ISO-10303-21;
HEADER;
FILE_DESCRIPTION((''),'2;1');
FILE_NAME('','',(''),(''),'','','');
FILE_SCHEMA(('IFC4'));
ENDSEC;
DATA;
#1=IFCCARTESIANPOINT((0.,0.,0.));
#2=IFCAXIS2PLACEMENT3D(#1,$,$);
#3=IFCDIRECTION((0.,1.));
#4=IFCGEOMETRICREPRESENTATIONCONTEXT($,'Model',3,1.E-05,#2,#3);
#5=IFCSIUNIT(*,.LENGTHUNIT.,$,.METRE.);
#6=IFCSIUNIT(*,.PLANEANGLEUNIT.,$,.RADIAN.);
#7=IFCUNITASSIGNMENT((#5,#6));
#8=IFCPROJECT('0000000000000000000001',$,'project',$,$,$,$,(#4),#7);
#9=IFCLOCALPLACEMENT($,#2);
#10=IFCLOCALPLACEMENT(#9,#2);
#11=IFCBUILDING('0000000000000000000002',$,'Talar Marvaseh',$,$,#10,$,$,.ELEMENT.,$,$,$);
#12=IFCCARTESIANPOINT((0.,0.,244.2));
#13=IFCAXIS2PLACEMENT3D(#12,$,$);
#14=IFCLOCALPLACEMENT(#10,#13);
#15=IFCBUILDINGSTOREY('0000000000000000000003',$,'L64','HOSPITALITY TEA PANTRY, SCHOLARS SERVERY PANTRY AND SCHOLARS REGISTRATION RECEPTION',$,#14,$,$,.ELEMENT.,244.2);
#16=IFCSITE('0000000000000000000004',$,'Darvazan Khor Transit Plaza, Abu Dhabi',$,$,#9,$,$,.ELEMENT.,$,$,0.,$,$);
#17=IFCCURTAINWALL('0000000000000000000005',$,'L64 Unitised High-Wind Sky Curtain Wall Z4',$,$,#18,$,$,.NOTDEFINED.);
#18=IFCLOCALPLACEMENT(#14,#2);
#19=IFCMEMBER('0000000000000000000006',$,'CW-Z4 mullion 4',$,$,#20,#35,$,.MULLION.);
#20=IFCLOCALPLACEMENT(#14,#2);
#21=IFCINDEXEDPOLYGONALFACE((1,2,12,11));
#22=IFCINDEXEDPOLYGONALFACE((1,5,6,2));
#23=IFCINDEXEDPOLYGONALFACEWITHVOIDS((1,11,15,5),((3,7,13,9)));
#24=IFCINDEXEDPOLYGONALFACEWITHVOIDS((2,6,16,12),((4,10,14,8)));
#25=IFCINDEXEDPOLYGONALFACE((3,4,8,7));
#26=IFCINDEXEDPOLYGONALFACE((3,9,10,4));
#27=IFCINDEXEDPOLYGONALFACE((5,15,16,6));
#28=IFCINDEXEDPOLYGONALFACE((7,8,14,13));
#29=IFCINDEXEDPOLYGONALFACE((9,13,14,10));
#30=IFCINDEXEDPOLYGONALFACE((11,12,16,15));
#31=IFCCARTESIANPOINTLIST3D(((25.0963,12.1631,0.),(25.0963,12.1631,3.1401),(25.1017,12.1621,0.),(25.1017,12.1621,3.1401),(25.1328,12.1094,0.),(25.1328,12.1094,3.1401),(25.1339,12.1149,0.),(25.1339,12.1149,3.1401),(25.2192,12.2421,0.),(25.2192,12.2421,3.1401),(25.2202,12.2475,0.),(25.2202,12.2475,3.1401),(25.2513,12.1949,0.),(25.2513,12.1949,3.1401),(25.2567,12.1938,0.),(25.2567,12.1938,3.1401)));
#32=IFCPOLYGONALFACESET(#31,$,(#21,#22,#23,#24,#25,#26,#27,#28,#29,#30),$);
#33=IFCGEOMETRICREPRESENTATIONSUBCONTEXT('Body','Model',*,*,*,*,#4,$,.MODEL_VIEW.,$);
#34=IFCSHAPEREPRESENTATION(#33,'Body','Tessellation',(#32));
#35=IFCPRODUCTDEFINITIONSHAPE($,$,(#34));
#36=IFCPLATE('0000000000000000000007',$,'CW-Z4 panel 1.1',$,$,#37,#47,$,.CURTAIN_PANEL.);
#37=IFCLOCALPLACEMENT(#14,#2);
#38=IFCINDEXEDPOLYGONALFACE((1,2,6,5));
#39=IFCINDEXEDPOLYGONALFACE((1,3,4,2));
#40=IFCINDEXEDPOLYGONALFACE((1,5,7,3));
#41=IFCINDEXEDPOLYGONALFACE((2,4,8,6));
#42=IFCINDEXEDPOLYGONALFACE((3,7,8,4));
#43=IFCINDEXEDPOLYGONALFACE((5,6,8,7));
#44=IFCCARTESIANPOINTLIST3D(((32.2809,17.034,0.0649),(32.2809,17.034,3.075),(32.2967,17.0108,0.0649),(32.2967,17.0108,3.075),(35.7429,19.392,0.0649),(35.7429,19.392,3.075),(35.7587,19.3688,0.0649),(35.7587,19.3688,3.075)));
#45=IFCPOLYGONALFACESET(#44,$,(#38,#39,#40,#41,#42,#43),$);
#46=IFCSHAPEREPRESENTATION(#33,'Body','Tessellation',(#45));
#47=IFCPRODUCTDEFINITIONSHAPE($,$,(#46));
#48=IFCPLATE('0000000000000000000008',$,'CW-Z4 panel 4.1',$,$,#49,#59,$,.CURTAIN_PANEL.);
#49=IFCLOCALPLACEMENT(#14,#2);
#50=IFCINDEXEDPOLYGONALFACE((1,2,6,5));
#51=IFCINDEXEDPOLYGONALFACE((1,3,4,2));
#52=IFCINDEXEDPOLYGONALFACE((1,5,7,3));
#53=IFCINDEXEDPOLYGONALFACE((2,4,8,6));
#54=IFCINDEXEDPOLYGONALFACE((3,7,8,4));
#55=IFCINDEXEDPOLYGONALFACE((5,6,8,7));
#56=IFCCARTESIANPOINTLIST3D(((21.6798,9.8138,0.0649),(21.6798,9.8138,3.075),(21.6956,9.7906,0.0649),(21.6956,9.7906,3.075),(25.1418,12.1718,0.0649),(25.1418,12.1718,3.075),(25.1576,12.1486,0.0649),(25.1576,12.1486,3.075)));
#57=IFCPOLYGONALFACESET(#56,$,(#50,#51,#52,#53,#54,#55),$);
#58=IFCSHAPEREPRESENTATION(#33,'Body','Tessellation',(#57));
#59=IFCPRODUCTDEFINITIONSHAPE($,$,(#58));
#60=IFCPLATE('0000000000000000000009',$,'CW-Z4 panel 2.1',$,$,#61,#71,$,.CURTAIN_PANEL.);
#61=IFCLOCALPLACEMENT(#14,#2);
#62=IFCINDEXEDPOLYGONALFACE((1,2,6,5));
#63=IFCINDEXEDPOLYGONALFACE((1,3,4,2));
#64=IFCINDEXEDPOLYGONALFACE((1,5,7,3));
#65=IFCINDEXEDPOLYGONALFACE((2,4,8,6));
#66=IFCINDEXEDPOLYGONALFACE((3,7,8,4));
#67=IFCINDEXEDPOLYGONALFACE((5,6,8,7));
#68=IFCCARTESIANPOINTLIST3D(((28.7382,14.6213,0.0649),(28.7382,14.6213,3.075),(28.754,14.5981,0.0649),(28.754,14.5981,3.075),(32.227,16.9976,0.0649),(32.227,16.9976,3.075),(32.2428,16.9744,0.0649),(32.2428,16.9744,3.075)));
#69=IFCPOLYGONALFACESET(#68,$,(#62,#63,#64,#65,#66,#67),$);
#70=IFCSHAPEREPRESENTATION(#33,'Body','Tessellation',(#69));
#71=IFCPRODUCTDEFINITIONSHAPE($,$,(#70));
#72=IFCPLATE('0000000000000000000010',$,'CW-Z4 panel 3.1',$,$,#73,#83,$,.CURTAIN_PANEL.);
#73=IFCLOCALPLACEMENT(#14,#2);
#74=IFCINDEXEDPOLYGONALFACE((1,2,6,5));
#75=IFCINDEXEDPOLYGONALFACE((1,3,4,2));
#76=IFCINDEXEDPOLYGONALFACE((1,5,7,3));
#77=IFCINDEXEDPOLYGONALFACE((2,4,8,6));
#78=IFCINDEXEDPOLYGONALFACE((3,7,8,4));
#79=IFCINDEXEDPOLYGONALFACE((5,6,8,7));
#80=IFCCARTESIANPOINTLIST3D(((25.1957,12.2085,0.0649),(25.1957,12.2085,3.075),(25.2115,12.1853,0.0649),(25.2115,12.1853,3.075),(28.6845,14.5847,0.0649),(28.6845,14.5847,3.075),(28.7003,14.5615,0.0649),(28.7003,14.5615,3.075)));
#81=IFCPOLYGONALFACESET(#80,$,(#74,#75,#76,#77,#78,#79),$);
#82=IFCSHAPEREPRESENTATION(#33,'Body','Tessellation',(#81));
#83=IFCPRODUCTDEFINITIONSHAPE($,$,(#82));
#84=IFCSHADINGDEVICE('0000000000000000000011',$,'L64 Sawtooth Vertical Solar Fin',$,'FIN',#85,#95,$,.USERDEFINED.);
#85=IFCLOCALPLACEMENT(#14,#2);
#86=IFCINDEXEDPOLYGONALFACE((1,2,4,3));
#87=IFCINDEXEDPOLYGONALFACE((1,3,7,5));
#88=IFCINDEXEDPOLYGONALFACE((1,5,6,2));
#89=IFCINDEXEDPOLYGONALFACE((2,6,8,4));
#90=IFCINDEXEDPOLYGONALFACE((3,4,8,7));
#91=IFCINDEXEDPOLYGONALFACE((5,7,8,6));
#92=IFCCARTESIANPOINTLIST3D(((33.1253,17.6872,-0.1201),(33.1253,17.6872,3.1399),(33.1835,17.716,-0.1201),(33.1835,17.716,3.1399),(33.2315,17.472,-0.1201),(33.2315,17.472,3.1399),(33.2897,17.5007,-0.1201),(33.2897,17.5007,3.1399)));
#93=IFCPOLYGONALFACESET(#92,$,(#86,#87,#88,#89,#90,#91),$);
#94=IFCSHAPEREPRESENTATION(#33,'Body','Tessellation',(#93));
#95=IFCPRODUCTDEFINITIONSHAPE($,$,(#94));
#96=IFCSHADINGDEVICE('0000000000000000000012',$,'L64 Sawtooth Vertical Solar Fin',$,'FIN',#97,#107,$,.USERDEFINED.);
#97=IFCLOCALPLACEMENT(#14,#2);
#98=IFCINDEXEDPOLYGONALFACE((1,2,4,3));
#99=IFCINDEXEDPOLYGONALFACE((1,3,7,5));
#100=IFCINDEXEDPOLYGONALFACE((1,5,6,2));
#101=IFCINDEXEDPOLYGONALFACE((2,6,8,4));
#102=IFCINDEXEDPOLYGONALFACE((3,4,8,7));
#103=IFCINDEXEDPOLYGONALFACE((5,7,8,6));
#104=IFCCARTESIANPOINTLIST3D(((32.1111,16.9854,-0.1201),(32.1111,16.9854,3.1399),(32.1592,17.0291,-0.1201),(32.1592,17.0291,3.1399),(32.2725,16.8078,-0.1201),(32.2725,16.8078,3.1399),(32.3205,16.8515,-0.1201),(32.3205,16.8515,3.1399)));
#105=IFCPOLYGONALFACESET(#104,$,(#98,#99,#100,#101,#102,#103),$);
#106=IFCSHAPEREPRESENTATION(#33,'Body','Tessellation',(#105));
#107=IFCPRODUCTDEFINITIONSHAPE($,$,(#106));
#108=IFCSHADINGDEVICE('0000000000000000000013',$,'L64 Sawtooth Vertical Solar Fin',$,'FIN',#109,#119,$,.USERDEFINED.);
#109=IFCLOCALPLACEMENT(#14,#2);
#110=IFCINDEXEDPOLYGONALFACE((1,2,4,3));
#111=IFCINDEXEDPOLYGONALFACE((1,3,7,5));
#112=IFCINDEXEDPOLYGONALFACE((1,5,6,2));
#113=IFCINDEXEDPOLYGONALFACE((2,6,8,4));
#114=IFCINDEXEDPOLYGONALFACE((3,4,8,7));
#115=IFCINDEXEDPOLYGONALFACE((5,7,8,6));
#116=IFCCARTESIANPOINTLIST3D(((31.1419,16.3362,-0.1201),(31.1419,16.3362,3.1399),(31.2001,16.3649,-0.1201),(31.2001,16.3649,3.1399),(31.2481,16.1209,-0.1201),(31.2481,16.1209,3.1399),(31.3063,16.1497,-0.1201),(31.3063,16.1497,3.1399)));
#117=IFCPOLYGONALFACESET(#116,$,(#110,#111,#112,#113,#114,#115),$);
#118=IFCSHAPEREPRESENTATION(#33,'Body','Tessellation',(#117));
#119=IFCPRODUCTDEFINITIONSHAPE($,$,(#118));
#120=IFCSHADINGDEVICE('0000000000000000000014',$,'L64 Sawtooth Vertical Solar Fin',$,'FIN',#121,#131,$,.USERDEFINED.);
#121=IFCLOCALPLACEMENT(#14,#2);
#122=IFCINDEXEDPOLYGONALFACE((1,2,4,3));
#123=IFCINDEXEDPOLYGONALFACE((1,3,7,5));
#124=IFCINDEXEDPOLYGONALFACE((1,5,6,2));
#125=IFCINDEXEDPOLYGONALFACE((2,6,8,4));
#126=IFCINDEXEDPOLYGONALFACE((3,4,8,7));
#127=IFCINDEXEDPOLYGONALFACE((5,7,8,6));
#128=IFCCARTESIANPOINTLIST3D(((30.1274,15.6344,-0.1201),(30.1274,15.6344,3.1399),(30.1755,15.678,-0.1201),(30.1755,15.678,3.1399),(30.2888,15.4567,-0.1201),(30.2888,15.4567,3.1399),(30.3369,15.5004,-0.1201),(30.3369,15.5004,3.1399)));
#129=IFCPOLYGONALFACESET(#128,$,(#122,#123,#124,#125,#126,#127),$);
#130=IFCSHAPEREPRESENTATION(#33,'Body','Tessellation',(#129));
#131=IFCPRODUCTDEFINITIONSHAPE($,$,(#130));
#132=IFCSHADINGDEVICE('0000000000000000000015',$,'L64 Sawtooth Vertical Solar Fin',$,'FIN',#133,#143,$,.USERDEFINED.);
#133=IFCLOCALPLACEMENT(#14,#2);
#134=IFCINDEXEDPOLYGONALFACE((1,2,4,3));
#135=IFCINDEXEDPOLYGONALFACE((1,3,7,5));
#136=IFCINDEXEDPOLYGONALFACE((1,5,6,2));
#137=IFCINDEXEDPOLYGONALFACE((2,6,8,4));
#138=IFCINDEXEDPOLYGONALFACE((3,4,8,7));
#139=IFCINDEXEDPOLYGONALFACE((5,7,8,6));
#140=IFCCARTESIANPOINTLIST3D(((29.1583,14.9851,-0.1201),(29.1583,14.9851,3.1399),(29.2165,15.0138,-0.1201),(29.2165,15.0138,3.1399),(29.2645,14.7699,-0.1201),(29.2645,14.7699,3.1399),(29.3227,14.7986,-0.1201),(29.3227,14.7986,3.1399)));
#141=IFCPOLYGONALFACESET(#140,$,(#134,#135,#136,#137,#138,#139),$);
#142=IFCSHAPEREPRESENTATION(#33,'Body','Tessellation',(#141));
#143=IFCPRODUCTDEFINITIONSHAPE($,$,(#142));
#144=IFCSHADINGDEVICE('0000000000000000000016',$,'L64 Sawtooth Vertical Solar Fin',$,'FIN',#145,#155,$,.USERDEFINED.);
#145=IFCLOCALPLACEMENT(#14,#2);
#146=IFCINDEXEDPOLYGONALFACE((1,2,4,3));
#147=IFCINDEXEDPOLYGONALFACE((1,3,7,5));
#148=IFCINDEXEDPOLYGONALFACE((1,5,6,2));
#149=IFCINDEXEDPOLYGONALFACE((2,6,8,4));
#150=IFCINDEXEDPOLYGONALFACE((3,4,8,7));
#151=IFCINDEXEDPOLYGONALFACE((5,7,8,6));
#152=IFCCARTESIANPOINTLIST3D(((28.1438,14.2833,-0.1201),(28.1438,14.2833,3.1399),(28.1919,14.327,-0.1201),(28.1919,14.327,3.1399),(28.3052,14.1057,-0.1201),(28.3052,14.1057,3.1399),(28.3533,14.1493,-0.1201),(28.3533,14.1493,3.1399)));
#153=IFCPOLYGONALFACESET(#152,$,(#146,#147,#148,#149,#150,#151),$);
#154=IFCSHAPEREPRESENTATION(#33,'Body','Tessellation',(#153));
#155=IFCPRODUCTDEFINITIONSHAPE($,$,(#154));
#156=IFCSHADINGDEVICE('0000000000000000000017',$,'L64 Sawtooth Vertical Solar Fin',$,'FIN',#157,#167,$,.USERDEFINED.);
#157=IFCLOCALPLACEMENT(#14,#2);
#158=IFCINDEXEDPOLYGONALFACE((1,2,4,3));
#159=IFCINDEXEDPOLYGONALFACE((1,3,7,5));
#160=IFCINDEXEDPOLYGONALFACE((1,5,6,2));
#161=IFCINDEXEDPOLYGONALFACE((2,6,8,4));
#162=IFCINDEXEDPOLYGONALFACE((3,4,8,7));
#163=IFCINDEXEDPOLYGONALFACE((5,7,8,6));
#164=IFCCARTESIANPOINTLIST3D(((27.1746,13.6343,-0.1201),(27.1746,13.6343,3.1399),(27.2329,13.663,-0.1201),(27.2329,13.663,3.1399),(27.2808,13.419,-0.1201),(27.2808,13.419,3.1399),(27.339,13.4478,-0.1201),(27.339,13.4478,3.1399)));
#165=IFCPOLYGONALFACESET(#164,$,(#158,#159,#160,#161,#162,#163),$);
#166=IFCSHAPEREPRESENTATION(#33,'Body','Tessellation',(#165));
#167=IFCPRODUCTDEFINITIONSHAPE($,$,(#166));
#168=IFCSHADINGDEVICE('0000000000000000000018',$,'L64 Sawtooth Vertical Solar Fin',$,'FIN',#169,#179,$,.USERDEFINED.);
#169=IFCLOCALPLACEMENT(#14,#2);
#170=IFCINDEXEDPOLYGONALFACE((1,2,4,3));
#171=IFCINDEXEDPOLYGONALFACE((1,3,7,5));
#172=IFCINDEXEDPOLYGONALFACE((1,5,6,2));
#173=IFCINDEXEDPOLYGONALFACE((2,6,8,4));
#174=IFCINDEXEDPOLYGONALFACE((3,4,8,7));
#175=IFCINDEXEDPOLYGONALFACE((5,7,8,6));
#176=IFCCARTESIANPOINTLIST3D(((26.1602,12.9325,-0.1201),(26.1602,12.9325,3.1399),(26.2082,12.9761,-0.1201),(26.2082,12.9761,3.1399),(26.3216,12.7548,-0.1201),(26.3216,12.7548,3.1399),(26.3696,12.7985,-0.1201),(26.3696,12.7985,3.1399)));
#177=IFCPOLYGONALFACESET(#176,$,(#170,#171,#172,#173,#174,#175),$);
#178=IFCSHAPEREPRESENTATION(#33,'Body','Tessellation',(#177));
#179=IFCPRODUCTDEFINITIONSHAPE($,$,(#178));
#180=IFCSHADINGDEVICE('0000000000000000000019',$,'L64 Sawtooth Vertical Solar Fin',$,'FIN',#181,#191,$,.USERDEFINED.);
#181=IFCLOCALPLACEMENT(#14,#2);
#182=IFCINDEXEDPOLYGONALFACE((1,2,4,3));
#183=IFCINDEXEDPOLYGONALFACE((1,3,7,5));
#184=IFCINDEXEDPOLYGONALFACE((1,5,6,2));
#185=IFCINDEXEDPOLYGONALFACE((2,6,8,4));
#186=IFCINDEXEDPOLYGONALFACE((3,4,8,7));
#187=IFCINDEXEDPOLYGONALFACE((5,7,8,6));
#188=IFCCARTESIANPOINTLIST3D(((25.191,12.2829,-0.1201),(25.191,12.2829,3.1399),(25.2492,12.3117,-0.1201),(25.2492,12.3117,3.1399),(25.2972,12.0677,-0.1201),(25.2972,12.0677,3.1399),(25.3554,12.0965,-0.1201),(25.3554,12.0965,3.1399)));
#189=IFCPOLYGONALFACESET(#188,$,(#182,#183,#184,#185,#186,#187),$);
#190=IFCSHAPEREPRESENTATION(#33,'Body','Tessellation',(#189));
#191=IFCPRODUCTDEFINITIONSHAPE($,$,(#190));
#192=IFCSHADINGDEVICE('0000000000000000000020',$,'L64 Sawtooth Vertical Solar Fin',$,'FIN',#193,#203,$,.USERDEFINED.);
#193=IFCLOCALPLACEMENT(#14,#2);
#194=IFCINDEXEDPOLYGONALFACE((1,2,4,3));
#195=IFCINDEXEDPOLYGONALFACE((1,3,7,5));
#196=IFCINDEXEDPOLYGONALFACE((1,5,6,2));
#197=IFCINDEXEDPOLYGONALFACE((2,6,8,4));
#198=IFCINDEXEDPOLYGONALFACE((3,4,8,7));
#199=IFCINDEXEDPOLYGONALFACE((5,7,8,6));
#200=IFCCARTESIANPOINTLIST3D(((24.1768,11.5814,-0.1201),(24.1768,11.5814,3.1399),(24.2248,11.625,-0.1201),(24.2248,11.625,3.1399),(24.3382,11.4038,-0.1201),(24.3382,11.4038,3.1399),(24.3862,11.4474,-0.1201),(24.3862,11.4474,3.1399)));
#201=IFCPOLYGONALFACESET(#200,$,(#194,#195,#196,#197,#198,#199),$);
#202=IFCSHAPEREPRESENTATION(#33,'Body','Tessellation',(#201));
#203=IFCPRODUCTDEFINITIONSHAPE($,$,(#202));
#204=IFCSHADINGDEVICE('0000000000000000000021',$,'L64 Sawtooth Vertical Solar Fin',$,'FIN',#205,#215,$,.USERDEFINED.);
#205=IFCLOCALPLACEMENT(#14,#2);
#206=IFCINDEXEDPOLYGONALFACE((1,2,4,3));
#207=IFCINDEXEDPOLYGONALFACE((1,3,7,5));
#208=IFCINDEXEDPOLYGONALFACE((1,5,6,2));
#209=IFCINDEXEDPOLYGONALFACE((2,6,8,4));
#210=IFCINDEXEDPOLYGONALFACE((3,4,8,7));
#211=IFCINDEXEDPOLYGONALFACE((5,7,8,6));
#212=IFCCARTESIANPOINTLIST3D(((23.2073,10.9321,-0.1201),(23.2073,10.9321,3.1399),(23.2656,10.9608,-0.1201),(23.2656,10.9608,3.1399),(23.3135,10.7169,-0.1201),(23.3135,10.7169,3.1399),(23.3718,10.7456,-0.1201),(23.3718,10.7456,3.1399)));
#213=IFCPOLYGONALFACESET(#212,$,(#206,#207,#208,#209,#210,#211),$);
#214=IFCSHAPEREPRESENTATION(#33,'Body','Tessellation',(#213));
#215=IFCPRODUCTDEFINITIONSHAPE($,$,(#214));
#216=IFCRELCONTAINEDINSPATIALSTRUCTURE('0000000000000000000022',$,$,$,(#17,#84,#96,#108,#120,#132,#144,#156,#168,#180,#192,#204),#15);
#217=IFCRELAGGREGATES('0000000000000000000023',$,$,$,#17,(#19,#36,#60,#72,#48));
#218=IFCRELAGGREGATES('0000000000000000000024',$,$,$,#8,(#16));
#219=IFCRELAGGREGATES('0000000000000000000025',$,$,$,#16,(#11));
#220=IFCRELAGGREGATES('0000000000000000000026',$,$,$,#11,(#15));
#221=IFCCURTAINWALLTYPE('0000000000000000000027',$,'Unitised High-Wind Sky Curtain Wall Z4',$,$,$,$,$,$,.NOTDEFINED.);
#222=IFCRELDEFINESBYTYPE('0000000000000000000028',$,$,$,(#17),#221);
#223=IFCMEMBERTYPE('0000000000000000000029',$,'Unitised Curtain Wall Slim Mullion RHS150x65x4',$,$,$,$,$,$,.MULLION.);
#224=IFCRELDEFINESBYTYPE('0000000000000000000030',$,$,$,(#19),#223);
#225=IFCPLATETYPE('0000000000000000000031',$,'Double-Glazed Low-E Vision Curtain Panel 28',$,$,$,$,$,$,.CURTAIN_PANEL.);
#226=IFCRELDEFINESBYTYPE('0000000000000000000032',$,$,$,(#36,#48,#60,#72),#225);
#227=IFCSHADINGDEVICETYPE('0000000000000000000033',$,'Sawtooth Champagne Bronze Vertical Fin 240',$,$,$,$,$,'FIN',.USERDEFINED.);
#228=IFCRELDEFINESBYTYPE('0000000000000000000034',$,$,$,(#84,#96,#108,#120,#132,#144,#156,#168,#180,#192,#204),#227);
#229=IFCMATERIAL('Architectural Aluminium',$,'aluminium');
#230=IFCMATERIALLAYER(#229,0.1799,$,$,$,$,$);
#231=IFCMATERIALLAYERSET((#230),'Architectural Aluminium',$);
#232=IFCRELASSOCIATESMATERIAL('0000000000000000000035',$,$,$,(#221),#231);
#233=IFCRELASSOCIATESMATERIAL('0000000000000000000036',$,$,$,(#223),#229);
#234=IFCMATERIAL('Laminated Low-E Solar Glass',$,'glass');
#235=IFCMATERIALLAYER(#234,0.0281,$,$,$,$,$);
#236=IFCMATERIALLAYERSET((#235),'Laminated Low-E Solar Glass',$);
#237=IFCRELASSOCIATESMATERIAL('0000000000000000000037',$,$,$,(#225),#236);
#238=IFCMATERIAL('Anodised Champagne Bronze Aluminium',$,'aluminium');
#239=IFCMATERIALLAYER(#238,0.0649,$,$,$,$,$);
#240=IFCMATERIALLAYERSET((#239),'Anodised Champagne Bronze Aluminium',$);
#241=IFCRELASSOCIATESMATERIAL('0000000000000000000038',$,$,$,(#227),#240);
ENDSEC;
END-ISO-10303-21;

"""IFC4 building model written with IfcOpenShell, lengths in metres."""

from ifc_helpers import new_model, si_unit, direction, frame, origin, origin_2d, place, context, subcontext, project, spatial, rectangle, hollow_rectangle, extrude, source, transform, mapped, material, layer, layer_set, material_profile, profile_set, type_object, type_shapes, element, aggregate, save


model = new_model("IFC4")

# Units and contexts
model_context = context("Model", 3, precision=1e-05, world=origin(), true_north=direction((0.0, 1.0)))
body_context = subcontext(model_context, "Body", "Model", "MODEL_VIEW")
ifc_project = project(units=[si_unit("LENGTHUNIT", "METRE"), si_unit("PLANEANGLEUNIT", "RADIAN")], contexts=[model_context])

# Site, building, storey
site_placement = place(None, origin())
site = spatial("IfcSite", under=ifc_project, at=site_placement, Name="Darvazan Khor Transit Plaza, Abu Dhabi", CompositionType="ELEMENT", RefElevation=0.0)
building_placement = place(site_placement, origin())
building = spatial("IfcBuilding", under=site, at=building_placement, Name="Talar Marvaseh", CompositionType="ELEMENT")
storey_placement = place(building_placement, frame((0.0, 0.0, 244.2)))
storey = spatial("IfcBuildingStorey", under=building, at=storey_placement, Name="L64", Description="HOSPITALITY TEA PANTRY, SCHOLARS SERVERY PANTRY AND SCHOLARS REGISTRATION RECEPTION", CompositionType="ELEMENT", Elevation=244.2)

# Curtain wall, member, plates
ifc_material_1 = material(Name="Architectural Aluminium", Category="aluminium")
ifc_layer_1 = layer(ifc_material_1, 0.1799)
ifc_layer_set_1 = layer_set([ifc_layer_1], Name="Architectural Aluminium")
curtain_wall_type = type_object("IfcCurtainWallType", Name="Unitised High-Wind Sky Curtain Wall Z4", PredefinedType="NOTDEFINED", material=ifc_layer_set_1)
curtain_wall_placement = place(storey_placement, origin())
curtain_wall = element("IfcCurtainWall", 1, at=curtain_wall_placement, inside=storey, type_object=curtain_wall_type, Name="L64 Unitised High-Wind Sky Curtain Wall Z4", PredefinedType="NOTDEFINED")
ifc_material_profile_1 = material_profile(ifc_material_1, hollow_rectangle(XDim=0.0649, YDim=0.1499, WallThickness=0.0039, at=origin_2d()), Name="RHS150x65x4")
ifc_profile_set_1 = profile_set([ifc_material_profile_1], Name="Architectural Aluminium")
member_type_1 = type_object("IfcMemberType", Name="Unitised Curtain Wall Slim Mullion RHS150x65x4", PredefinedType="MULLION", material=ifc_profile_set_1)
shared_shape_1 = source(origin(), body_context, "Body", "SweptSolid", [
    extrude(hollow_rectangle(XDim=0.0649, YDim=0.1499, WallThickness=0.0039, at=origin_2d()), origin(), (0.0, 0.0, 1.0), 3.1401),
])
type_shapes(member_type_1, [shared_shape_1])
member_1_placement = place(storey_placement, frame((25.1765, 12.1785, 0.0), z_axis=(0.0, 0.0, 1.0), x_axis=(0.562933, -0.826502, 0.0)))
member_1 = element("IfcMember", 2, at=member_1_placement, type_object=member_type_1, Name="CW-Z4 mullion 4", PredefinedType="MULLION", context=body_context, shape_type="MappedRepresentation", body=[
    mapped(shared_shape_1, transform((0.0, 0.0, 0.0), x_axis=(1.0, 0.0, 0.0), y_axis=(0.0, 1.0, 0.0), z_axis=(0.0, 0.0, 1.0), scale=1.0)),
])
ifc_material_2 = material(Name="Laminated Low-E Solar Glass", Category="glass")
ifc_layer_2 = layer(ifc_material_2, 0.0281)
ifc_layer_set_2 = layer_set([ifc_layer_2], Name="Laminated Low-E Solar Glass")
plate_type = type_object("IfcPlateType", Name="Double-Glazed Low-E Vision Curtain Panel 28", PredefinedType="CURTAIN_PANEL", material=ifc_layer_set_2)
shared_shape_2 = source(origin(), body_context, "Body", "SweptSolid", [
    extrude(rectangle(XDim=4.1887, YDim=0.0281, at=origin_2d()), origin(), (0.0, 0.0, 1.0), 3.01),
])
plate_1_placement = place(storey_placement, frame((34.0198, 18.2014, 0.0649), z_axis=(0.0, 0.0, 1.0), x_axis=(-0.826502, -0.562933, 0.0)))
plate_1 = element("IfcPlate", 3, at=plate_1_placement, type_object=plate_type, Name="CW-Z4 panel 1.1", PredefinedType="CURTAIN_PANEL", context=body_context, shape_type="MappedRepresentation", body=[
    mapped(shared_shape_2, transform((0.0, 0.0, 0.0), x_axis=(1.0, 0.0, 0.0), y_axis=(0.0, 1.0, 0.0), z_axis=(0.0, 0.0, 1.0), scale=1.0)),
])
plate_2_placement = place(storey_placement, frame((23.4187, 10.9812, 0.0649), z_axis=(0.0, 0.0, 1.0), x_axis=(-0.826502, -0.562933, 0.0)))
plate_2 = element("IfcPlate", 4, at=plate_2_placement, type_object=plate_type, Name="CW-Z4 panel 4.1", PredefinedType="CURTAIN_PANEL", context=body_context, shape_type="MappedRepresentation", body=[
    mapped(shared_shape_2, transform((0.0, 0.0, 0.0), x_axis=(1.0, 0.0, 0.0), y_axis=(0.0, 1.0, 0.0), z_axis=(0.0, 0.0, 1.0), scale=1.0)),
])
shared_shape_3 = source(origin(), body_context, "Body", "SweptSolid", [
    extrude(rectangle(XDim=4.2212, YDim=0.0281, at=origin_2d()), origin(), (0.0, 0.0, 1.0), 3.01),
])
type_shapes(plate_type, [shared_shape_2, shared_shape_3])
plate_3_placement = place(storey_placement, frame((30.4905, 15.7979, 0.0649), z_axis=(0.0, 0.0, 1.0), x_axis=(-0.826502, -0.562933, 0.0)))
plate_3 = element("IfcPlate", 5, at=plate_3_placement, type_object=plate_type, Name="CW-Z4 panel 2.1", PredefinedType="CURTAIN_PANEL", context=body_context, shape_type="MappedRepresentation", body=[
    mapped(shared_shape_3, transform((0.0, 0.0, 0.0), x_axis=(1.0, 0.0, 0.0), y_axis=(0.0, 1.0, 0.0), z_axis=(0.0, 0.0, 1.0), scale=1.0)),
])
plate_4_placement = place(storey_placement, frame((26.948, 13.385, 0.0649), z_axis=(0.0, 0.0, 1.0), x_axis=(-0.826502, -0.562933, 0.0)))
plate_4 = element("IfcPlate", 6, at=plate_4_placement, type_object=plate_type, Name="CW-Z4 panel 3.1", PredefinedType="CURTAIN_PANEL", context=body_context, shape_type="MappedRepresentation", body=[
    mapped(shared_shape_3, transform((0.0, 0.0, 0.0), x_axis=(1.0, 0.0, 0.0), y_axis=(0.0, 1.0, 0.0), z_axis=(0.0, 0.0, 1.0), scale=1.0)),
])
aggregate(curtain_wall, [member_1, plate_1, plate_3, plate_4, plate_2])

# Shading devices
ifc_material_3 = material(Name="Anodised Champagne Bronze Aluminium", Category="aluminium")
ifc_layer_3 = layer(ifc_material_3, 0.0649)
ifc_layer_set_3 = layer_set([ifc_layer_3], Name="Anodised Champagne Bronze Aluminium")
shading_device_type = type_object("IfcShadingDeviceType", Name="Sawtooth Champagne Bronze Vertical Fin 240", ElementType="FIN", PredefinedType="USERDEFINED", material=ifc_layer_set_3)
shared_shape_4 = source(origin(), body_context, "Body", "SweptSolid", [
    extrude(rectangle(XDim=0.24, YDim=0.0649, at=origin_2d()), origin(), (0.0, 0.0, 1.0), 3.26),
])
type_shapes(shading_device_type, [shared_shape_4])
for number, where, z_axis, x_axis, name in (
    (7, (33.2075, 17.594, -0.1201), (0.0, 0.0, 1.0), (0.442445, -0.896796, 0.0), "L64 Sawtooth Vertical Solar Fin"),
    (8, (32.2158, 16.9185, -0.1201), (0.0, 0.0, 1.0), (0.672496, -0.740101, 0.0), "L64 Sawtooth Vertical Solar Fin"),
    (9, (31.2241, 16.2429, -0.1201), (0.0, 0.0, 1.0), (0.442445, -0.896796, 0.0), "L64 Sawtooth Vertical Solar Fin"),
    (10, (30.2322, 15.5674, -0.1201), (0.0, 0.0, 1.0), (0.672496, -0.740101, 0.0), "L64 Sawtooth Vertical Solar Fin"),
    (11, (29.2405, 14.8918, -0.1201), (0.0, 0.0, 1.0), (0.442445, -0.896796, 0.0), "L64 Sawtooth Vertical Solar Fin"),
    (12, (28.2485, 14.2163, -0.1201), (0.0, 0.0, 1.0), (0.672496, -0.740101, 0.0), "L64 Sawtooth Vertical Solar Fin"),
    (13, (27.2568, 13.541, -0.1201), (0.0, 0.0, 1.0), (0.442445, -0.896796, 0.0), "L64 Sawtooth Vertical Solar Fin"),
    (14, (26.2649, 12.8655, -0.1201), (0.0, 0.0, 1.0), (0.672496, -0.740101, 0.0), "L64 Sawtooth Vertical Solar Fin"),
    (15, (25.2732, 12.1897, -0.1201), (0.0, 0.0, 1.0), (0.442445, -0.896796, 0.0), "L64 Sawtooth Vertical Solar Fin"),
    (16, (24.2815, 11.5144, -0.1201), (0.0, 0.0, 1.0), (0.672496, -0.740101, 0.0), "L64 Sawtooth Vertical Solar Fin"),
    (17, (23.2896, 10.8389, -0.1201), (0.0, 0.0, 1.0), (0.442445, -0.896796, 0.0), "L64 Sawtooth Vertical Solar Fin"),
):
    element("IfcShadingDevice", number, at=place(storey_placement, frame(where, z_axis=z_axis, x_axis=x_axis)), inside=storey, type_object=shading_device_type, Name=name, ObjectType="FIN", PredefinedType="USERDEFINED", context=body_context, shape_type="MappedRepresentation", body=[
        mapped(shared_shape_4, transform((0.0, 0.0, 0.0), x_axis=(1.0, 0.0, 0.0), y_axis=(0.0, 1.0, 0.0), z_axis=(0.0, 0.0, 1.0), scale=1.0)),
    ])

save(model, "model.ifc")
